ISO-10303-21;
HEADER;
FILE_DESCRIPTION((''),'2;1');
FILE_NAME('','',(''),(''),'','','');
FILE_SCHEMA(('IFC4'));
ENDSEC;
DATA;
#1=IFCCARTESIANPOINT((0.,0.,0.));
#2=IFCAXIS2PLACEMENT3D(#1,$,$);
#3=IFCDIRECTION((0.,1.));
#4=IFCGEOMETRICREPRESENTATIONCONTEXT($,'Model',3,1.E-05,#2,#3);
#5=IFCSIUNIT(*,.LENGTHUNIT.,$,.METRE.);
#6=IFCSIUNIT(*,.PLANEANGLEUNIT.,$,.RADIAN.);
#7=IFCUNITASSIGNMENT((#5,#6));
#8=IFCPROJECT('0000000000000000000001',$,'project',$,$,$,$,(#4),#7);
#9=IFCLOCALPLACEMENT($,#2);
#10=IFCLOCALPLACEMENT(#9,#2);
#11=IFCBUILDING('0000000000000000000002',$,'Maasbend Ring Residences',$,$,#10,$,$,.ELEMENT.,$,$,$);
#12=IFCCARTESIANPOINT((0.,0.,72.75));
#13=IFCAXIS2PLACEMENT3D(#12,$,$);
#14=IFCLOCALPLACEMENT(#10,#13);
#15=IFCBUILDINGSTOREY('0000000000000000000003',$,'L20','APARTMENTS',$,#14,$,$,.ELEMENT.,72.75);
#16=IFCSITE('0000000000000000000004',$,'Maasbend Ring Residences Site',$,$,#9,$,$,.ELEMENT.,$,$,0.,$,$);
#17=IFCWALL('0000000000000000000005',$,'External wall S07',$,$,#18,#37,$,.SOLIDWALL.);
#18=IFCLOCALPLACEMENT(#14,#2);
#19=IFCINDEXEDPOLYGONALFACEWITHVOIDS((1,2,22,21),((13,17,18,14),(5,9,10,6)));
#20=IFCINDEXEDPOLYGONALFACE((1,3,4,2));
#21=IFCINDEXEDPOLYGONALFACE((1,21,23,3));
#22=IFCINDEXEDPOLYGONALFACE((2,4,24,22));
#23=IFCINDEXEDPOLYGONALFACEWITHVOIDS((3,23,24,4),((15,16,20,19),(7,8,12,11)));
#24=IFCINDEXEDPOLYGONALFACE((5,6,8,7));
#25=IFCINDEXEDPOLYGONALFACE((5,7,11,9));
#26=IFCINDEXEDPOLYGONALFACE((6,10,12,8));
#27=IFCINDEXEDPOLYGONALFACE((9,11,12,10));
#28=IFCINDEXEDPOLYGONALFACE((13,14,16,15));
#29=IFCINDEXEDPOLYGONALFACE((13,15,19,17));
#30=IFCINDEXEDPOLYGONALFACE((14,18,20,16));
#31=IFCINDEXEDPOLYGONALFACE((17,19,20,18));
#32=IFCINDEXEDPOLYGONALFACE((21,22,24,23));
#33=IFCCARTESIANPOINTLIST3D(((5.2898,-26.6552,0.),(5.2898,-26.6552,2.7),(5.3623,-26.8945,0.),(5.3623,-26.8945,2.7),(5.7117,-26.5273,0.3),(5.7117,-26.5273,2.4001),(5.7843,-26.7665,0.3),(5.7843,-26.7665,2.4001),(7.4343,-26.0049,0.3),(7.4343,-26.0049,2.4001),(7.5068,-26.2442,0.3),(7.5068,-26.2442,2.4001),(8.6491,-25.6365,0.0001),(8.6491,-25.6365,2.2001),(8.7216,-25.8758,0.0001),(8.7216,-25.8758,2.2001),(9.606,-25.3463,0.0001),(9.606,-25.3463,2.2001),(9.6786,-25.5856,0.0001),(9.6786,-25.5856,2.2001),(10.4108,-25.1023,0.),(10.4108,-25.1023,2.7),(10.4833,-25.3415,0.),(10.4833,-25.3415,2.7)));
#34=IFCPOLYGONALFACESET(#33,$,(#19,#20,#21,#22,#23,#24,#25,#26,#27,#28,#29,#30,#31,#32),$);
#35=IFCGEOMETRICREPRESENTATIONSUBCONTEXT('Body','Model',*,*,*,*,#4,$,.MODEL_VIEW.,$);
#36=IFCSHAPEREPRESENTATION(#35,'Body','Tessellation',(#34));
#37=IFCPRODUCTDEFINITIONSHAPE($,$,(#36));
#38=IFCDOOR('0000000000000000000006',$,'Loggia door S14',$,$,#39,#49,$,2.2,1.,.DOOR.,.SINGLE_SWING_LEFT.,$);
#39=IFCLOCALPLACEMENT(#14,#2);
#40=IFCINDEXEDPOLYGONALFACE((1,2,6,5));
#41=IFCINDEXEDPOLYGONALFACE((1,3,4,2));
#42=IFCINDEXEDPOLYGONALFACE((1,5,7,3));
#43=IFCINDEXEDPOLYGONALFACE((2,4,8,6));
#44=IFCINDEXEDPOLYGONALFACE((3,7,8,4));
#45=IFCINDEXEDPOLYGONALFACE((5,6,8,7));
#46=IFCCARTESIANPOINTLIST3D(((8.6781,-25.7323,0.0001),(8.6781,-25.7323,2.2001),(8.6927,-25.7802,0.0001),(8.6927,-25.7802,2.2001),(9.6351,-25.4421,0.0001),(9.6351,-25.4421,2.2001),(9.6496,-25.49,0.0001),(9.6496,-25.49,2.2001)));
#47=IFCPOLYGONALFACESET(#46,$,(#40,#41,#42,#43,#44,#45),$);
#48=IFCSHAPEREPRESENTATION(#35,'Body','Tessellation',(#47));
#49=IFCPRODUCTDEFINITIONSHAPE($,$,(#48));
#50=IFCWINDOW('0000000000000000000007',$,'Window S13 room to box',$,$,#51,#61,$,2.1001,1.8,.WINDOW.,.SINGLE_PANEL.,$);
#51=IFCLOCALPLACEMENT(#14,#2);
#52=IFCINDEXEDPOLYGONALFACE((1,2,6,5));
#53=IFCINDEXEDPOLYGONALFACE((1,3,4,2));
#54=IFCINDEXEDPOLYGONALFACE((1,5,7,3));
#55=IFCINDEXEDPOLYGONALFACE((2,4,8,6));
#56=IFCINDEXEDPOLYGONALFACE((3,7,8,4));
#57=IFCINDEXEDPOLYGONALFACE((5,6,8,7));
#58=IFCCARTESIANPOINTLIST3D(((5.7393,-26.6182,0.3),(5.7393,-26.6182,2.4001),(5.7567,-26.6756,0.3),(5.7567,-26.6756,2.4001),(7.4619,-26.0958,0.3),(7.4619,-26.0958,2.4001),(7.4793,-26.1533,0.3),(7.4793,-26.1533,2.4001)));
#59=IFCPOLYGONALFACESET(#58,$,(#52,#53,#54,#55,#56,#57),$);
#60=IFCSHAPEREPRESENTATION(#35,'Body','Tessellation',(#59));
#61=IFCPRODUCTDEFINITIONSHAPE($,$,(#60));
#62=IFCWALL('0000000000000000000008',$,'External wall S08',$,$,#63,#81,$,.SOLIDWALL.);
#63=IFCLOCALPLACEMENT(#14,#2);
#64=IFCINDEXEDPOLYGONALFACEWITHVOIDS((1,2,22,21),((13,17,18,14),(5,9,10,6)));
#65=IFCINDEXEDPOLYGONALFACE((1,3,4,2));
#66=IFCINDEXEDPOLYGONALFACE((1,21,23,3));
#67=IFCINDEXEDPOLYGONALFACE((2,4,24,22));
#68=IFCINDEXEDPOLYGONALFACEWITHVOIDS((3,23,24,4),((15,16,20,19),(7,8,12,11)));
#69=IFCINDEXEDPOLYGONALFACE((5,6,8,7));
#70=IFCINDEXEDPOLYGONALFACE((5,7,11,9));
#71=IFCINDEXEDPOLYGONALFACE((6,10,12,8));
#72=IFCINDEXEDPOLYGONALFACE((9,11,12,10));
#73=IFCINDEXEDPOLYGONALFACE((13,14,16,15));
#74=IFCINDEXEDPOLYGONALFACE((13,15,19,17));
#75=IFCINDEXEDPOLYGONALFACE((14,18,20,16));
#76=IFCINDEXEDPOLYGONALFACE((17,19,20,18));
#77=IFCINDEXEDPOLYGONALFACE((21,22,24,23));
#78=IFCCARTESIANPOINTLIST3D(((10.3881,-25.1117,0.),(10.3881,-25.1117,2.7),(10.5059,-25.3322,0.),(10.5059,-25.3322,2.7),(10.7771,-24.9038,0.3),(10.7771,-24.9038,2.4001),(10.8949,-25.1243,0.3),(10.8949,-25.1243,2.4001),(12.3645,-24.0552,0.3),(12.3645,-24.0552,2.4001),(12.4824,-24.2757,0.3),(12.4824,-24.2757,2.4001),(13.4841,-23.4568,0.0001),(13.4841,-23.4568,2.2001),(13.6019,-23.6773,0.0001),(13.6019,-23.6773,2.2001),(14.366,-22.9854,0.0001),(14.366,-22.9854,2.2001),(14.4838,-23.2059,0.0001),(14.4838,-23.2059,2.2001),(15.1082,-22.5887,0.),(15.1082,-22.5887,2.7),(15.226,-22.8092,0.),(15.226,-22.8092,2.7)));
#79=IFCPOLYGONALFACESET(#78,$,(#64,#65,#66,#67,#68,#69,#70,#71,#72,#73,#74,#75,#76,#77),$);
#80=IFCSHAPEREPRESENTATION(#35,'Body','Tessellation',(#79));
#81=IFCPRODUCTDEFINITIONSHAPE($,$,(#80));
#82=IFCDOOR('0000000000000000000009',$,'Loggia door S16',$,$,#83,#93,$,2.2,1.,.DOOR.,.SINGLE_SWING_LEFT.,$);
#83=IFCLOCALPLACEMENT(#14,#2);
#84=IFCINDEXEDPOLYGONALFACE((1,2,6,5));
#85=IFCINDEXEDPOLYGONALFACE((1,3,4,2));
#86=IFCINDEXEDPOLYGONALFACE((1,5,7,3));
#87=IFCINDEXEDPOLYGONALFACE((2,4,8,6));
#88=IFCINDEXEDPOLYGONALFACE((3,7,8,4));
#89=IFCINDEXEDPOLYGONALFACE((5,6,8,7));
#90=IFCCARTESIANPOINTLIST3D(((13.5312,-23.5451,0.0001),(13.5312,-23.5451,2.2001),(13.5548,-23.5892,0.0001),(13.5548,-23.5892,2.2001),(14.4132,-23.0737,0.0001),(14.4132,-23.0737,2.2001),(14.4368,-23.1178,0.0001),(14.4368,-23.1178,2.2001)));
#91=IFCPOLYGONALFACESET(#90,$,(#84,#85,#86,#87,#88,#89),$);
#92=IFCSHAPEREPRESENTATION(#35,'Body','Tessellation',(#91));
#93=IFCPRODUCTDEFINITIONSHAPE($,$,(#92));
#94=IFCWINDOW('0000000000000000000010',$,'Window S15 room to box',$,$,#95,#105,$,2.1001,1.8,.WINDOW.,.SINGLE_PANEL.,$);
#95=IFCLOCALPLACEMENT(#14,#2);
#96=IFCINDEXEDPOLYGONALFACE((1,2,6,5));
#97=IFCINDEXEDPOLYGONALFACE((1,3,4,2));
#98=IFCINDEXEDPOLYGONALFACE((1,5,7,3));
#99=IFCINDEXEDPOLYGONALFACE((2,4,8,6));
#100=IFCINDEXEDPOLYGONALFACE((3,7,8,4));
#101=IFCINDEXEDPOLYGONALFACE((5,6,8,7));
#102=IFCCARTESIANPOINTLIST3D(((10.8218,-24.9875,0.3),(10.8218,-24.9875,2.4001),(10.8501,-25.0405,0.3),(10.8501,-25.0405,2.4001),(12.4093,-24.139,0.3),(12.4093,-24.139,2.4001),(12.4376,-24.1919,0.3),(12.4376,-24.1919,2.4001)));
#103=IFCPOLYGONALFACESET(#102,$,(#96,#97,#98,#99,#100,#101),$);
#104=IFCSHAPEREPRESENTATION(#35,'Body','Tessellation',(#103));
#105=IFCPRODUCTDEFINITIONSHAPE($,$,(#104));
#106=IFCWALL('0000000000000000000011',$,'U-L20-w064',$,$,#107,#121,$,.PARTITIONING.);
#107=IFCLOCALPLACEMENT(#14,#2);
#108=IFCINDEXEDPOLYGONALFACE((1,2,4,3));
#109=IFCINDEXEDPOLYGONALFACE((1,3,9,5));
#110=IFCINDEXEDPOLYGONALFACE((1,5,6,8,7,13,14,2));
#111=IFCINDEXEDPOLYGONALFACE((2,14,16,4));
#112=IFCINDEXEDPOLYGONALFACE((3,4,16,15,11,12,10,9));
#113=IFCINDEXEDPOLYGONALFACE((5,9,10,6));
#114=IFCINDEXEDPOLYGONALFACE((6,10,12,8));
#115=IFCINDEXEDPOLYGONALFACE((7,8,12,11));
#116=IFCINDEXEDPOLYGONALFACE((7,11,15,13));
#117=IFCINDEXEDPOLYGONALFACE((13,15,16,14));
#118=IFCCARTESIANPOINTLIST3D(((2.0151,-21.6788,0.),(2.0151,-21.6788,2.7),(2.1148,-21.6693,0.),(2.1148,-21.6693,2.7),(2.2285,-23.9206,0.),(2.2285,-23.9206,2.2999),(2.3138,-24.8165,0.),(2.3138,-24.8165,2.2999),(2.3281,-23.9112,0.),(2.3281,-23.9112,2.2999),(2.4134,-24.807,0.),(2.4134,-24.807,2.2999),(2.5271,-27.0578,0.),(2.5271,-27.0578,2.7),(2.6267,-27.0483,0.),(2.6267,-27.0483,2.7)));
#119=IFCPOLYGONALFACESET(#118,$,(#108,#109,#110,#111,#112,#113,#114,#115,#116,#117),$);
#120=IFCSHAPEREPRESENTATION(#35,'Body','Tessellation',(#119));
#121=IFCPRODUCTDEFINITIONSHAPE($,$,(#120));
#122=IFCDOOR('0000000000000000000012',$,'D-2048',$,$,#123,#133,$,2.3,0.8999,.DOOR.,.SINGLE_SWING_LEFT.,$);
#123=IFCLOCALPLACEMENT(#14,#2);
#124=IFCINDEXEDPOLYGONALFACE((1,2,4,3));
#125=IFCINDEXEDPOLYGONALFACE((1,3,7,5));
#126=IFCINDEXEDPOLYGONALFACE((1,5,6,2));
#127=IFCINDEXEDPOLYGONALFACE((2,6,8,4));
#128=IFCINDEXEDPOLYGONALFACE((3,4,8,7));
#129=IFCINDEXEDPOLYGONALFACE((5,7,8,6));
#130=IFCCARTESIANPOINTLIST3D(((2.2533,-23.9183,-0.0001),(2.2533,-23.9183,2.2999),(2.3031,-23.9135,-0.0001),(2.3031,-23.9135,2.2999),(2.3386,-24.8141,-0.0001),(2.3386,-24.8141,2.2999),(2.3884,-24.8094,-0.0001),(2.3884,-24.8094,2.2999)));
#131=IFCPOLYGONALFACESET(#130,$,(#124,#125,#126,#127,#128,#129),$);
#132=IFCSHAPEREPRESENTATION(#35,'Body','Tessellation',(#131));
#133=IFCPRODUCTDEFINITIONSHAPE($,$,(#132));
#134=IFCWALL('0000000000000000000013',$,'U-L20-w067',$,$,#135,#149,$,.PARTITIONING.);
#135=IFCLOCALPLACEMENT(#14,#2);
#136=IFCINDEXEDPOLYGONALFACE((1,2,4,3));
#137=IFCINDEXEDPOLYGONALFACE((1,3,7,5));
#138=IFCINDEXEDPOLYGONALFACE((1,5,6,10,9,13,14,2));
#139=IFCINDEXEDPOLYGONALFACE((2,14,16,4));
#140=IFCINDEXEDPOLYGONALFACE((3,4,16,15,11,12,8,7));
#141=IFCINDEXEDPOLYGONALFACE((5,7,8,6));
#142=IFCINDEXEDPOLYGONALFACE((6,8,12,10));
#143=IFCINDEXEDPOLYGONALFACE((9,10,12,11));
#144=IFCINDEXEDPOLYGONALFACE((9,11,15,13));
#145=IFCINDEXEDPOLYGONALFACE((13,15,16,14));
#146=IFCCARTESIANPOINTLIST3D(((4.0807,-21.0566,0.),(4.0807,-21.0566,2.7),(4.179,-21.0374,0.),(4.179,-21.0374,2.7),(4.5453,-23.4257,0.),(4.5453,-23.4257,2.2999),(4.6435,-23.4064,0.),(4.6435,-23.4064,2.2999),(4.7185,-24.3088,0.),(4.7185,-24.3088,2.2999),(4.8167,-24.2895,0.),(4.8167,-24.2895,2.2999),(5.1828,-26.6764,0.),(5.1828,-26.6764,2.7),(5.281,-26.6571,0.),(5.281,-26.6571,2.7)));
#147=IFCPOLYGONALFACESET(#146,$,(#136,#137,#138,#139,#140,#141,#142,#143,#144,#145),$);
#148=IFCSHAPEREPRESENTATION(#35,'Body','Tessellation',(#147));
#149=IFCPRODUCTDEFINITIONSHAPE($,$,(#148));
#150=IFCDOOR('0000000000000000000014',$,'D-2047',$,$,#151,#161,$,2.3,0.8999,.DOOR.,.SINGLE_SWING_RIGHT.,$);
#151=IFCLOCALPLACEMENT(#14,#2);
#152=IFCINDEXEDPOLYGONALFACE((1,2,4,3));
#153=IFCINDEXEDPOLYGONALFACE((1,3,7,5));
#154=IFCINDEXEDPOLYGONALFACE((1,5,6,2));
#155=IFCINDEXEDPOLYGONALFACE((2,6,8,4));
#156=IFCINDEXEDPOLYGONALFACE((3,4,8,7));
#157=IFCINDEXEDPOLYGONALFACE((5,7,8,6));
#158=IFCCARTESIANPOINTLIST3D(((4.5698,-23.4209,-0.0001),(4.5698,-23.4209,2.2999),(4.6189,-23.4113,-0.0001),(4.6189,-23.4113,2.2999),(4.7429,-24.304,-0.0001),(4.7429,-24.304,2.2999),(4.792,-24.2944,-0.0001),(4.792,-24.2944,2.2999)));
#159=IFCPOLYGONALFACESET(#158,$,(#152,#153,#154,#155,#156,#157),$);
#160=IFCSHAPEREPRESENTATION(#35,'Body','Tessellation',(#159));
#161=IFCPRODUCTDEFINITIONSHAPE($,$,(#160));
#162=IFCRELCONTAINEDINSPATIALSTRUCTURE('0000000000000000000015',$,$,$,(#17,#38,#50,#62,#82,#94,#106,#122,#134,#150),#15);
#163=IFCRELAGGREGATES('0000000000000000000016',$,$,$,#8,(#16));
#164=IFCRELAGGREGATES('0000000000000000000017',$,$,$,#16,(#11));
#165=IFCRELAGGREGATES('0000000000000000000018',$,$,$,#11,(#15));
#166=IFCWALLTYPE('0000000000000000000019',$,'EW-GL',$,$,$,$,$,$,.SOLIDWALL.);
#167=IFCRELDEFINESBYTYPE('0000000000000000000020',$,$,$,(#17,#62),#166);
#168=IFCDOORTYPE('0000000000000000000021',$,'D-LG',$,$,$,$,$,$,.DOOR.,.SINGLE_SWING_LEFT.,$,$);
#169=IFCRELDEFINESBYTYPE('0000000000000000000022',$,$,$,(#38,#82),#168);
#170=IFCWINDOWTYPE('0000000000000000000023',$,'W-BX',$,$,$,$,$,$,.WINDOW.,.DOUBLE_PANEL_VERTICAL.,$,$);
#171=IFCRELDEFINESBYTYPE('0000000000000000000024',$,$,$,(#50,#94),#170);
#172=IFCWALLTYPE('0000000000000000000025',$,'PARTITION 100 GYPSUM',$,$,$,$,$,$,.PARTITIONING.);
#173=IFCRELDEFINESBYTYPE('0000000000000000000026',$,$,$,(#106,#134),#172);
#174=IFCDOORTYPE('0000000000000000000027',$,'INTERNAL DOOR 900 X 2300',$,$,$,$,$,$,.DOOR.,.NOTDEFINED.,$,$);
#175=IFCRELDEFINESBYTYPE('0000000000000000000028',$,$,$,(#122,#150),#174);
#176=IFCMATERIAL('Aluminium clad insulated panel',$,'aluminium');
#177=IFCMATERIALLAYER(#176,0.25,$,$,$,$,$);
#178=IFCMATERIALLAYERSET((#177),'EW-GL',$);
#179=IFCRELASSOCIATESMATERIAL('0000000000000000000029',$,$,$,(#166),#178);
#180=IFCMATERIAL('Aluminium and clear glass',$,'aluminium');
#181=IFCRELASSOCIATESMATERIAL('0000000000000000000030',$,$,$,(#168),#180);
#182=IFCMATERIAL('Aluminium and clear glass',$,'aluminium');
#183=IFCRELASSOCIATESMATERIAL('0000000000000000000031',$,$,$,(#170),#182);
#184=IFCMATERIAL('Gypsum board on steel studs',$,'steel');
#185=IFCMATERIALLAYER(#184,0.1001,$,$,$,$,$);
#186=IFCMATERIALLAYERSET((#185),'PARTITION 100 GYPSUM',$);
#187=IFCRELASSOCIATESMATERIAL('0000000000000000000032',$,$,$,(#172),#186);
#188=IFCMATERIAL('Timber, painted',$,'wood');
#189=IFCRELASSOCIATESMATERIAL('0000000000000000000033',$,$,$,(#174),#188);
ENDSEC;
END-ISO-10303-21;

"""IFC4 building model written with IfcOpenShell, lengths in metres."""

from ifc_helpers import new_model, si_unit, direction, frame, frame_2d, origin, place, context, subcontext, project, spatial, rectangle, extrude, material, layer, layer_set, type_object, element, fill, save


model = new_model("IFC4")

# Units and contexts
model_context = context("Model", 3, precision=1e-05, world=origin(), true_north=direction((0.0, 1.0)))
body_context = subcontext(model_context, "Body", "Model", "MODEL_VIEW")
ifc_project = project(units=[si_unit("LENGTHUNIT", "METRE"), si_unit("PLANEANGLEUNIT", "RADIAN")], contexts=[model_context])

# Site, building, storey
site_placement = place(None, origin())
site = spatial("IfcSite", under=ifc_project, at=site_placement, Name="Maasbend Ring Residences Site", CompositionType="ELEMENT", RefElevation=0.0)
building_placement = place(site_placement, origin())
building = spatial("IfcBuilding", under=site, at=building_placement, Name="Maasbend Ring Residences", CompositionType="ELEMENT")
storey_placement = place(building_placement, frame((0.0, 0.0, 72.75)))
storey = spatial("IfcBuildingStorey", under=building, at=storey_placement, Name="L20", Description="APARTMENTS", CompositionType="ELEMENT", Elevation=72.75)

# Walls, openings, doors, windows
ifc_material_1 = material(Name="Aluminium clad insulated panel", Category="aluminium")
ifc_layer_1 = layer(ifc_material_1, 0.25)
ifc_layer_set_1 = layer_set([ifc_layer_1], Name="EW-GL")
wall_type_1 = type_object("IfcWallType", Name="EW-GL", PredefinedType="SOLIDWALL", material=ifc_layer_set_1)
wall_1_placement = place(storey_placement, frame((5.3259, -26.7749, 0.0), z_axis=(0.0, 0.0, 1.0), x_axis=(0.956966, 0.290201, 0.0)))
wall_1 = element("IfcWall", 1, at=wall_1_placement, inside=storey, type_object=wall_type_1, Name="External wall S07", PredefinedType="SOLIDWALL", context=body_context, shape_type="SweptSolid", body=[
    extrude(rectangle(XDim=5.3513, YDim=0.25, at=frame_2d((2.6758, 0.0))), origin(), (0.0, 0.0, 1.0), 2.7),
])
opening_1_placement = place(wall_1_placement, frame((0.4412, 0.0, 0.3)))
opening_1 = element("IfcOpeningElement", 2, at=opening_1_placement, cuts=wall_1, PredefinedType="OPENING", context=body_context, shape_type="SweptSolid", body=[
    extrude(rectangle(XDim=1.8, YDim=2.1001, at=frame_2d((0.8999, 1.05))), frame((0.0, 0.135, 0.0), z_axis=(0.0, -1.0, 0.0), x_axis=(1.0, 0.0, 0.0)), (0.0, 0.0, 1.0), 0.27),
])
opening_2_placement = place(wall_1_placement, frame((3.5105, 0.0, 0.0)))
opening_2 = element("IfcOpeningElement", 3, at=opening_2_placement, cuts=wall_1, PredefinedType="OPENING", context=body_context, shape_type="SweptSolid", body=[
    extrude(rectangle(XDim=1.0, YDim=2.2, at=frame_2d((0.5, 1.1001))), frame((0.0, 0.135, 0.0), z_axis=(0.0, -1.0, 0.0), x_axis=(1.0, 0.0, 0.0)), (0.0, 0.0, 1.0), 0.27),
])
ifc_material_2 = material(Name="Aluminium and clear glass", Category="aluminium")
door_type_1 = type_object("IfcDoorType", Name="D-LG", OperationType="SINGLE_SWING_LEFT", PredefinedType="DOOR", material=ifc_material_2)
door_1_placement = place(opening_2_placement, origin())
door_1 = element("IfcDoor", 4, at=door_1_placement, inside=storey, type_object=door_type_1, Name="Loggia door S14", OperationType="SINGLE_SWING_LEFT", OverallHeight=2.2, OverallWidth=1.0, PredefinedType="DOOR", context=body_context, shape_type="SweptSolid", body=[
    extrude(rectangle(XDim=1.0, YDim=2.2, at=frame_2d((0.5, 1.1001))), frame((0.0, 0.0249, 0.0), z_axis=(0.0, -1.0, 0.0), x_axis=(1.0, 0.0, 0.0)), (0.0, 0.0, 1.0), 0.05),
])
fill(opening_2, door_1)
ifc_material_3 = material(Name="Aluminium and clear glass", Category="aluminium")
window_type_1 = type_object("IfcWindowType", Name="W-BX", PartitioningType="DOUBLE_PANEL_VERTICAL", PredefinedType="WINDOW", material=ifc_material_3)
window_1_placement = place(opening_1_placement, origin())
window_1 = element("IfcWindow", 5, at=window_1_placement, inside=storey, type_object=window_type_1, Name="Window S13 room to box", OverallHeight=2.1001, OverallWidth=1.8, PartitioningType="SINGLE_PANEL", PredefinedType="WINDOW", context=body_context, shape_type="SweptSolid", body=[
    extrude(rectangle(XDim=1.8, YDim=2.1001, at=frame_2d((0.8999, 1.05))), frame((0.0, 0.03, 0.0), z_axis=(0.0, -1.0, 0.0), x_axis=(1.0, 0.0, 0.0)), (0.0, 0.0, 1.0), 0.0601),
])
fill(opening_1, window_1)
wall_2_placement = place(storey_placement, frame((10.447, -25.2219, 0.0), z_axis=(0.0, 0.0, 1.0), x_axis=(0.881916, 0.471407, 0.0)))
wall_2 = element("IfcWall", 6, at=wall_2_placement, inside=storey, type_object=wall_type_1, Name="External wall S08", PredefinedType="SOLIDWALL", context=body_context, shape_type="SweptSolid", body=[
    extrude(rectangle(XDim=5.3521, YDim=0.25, at=frame_2d((2.676, 0.0))), origin(), (0.0, 0.0, 1.0), 2.7),
])
opening_3_placement = place(wall_2_placement, frame((0.4412, 0.0, 0.3)))
opening_3 = element("IfcOpeningElement", 7, at=opening_3_placement, cuts=wall_2, PredefinedType="OPENING", context=body_context, shape_type="SweptSolid", body=[
    extrude(rectangle(XDim=1.8, YDim=2.1001, at=frame_2d((0.8999, 1.05))), frame((0.0, 0.135, 0.0), z_axis=(0.0, -1.0, 0.0), x_axis=(1.0, 0.0, 0.0)), (0.0, 0.0, 1.0), 0.27),
])
opening_4_placement = place(wall_2_placement, frame((3.5105, 0.0, 0.0)))
opening_4 = element("IfcOpeningElement", 8, at=opening_4_placement, cuts=wall_2, PredefinedType="OPENING", context=body_context, shape_type="SweptSolid", body=[
    extrude(rectangle(XDim=1.0, YDim=2.2, at=frame_2d((0.5, 1.1001))), frame((0.0, 0.135, 0.0), z_axis=(0.0, -1.0, 0.0), x_axis=(1.0, 0.0, 0.0)), (0.0, 0.0, 1.0), 0.27),
])
door_2_placement = place(opening_4_placement, origin())
door_2 = element("IfcDoor", 9, at=door_2_placement, inside=storey, type_object=door_type_1, Name="Loggia door S16", OperationType="SINGLE_SWING_LEFT", OverallHeight=2.2, OverallWidth=1.0, PredefinedType="DOOR", context=body_context, shape_type="SweptSolid", body=[
    extrude(rectangle(XDim=1.0, YDim=2.2, at=frame_2d((0.5, 1.1001))), frame((0.0, 0.0249, 0.0), z_axis=(0.0, -1.0, 0.0), x_axis=(1.0, 0.0, 0.0)), (0.0, 0.0, 1.0), 0.05),
])
fill(opening_4, door_2)
window_2_placement = place(opening_3_placement, origin())
window_2 = element("IfcWindow", 10, at=window_2_placement, inside=storey, type_object=window_type_1, Name="Window S15 room to box", OverallHeight=2.1001, OverallWidth=1.8, PartitioningType="SINGLE_PANEL", PredefinedType="WINDOW", context=body_context, shape_type="SweptSolid", body=[
    extrude(rectangle(XDim=1.8, YDim=2.1001, at=frame_2d((0.8999, 1.05))), frame((0.0, 0.03, 0.0), z_axis=(0.0, -1.0, 0.0), x_axis=(1.0, 0.0, 0.0)), (0.0, 0.0, 1.0), 0.0601),
])
fill(opening_3, window_2)

# Walls, openings, doors
ifc_material_4 = material(Name="Gypsum board on steel studs", Category="steel")
ifc_layer_2 = layer(ifc_material_4, 0.1001)
ifc_layer_set_2 = layer_set([ifc_layer_2], Name="PARTITION 100 GYPSUM")
wall_type_2 = type_object("IfcWallType", Name="PARTITION 100 GYPSUM", PredefinedType="PARTITIONING", material=ifc_layer_set_2)
wall_3_placement = place(storey_placement, frame((2.0649, -21.6741, 0.0), z_axis=(0.0, 0.0, 1.0), x_axis=(0.094752, -0.995501, 0.0)))
wall_3 = element("IfcWall", 11, at=wall_3_placement, inside=storey, type_object=wall_type_2, Name="U-L20-w064", PredefinedType="PARTITIONING", context=body_context, shape_type="SweptSolid", body=[
    extrude(rectangle(XDim=5.4033, YDim=0.1001, at=frame_2d((2.7017, 0.0))), origin(), (0.0, 0.0, 1.0), 2.7),
])
opening_5_placement = place(wall_3_placement, frame((2.252, 0.0, 0.0)))
opening_5 = element("IfcOpeningElement", 12, at=opening_5_placement, cuts=wall_3, PredefinedType="OPENING", context=body_context, shape_type="SweptSolid", body=[
    extrude(rectangle(XDim=0.8999, YDim=2.3, at=frame_2d((0.45, 1.1499))), frame((0.0, 0.0601, 0.0), z_axis=(0.0, -1.0, 0.0), x_axis=(1.0, 0.0, 0.0)), (0.0, 0.0, 1.0), 0.1201),
])
ifc_material_5 = material(Name="Timber, painted", Category="wood")
door_type_2 = type_object("IfcDoorType", Name="INTERNAL DOOR 900 X 2300", OperationType="NOTDEFINED", PredefinedType="DOOR", material=ifc_material_5)
door_3_placement = place(opening_5_placement, origin())
door_3 = element("IfcDoor", 13, at=door_3_placement, inside=storey, type_object=door_type_2, Name="D-2048", OperationType="SINGLE_SWING_LEFT", OverallHeight=2.3, OverallWidth=0.8999, PredefinedType="DOOR", context=body_context, shape_type="SweptSolid", body=[
    extrude(rectangle(XDim=0.8999, YDim=2.3, at=frame_2d((0.45, 1.1499))), frame((0.0, 0.0249, 0.0), z_axis=(0.0, -1.0, 0.0), x_axis=(1.0, 0.0, 0.0)), (0.0, 0.0, 1.0), 0.05),
])
fill(opening_5, door_3)
wall_4_placement = place(storey_placement, frame((4.1299, -21.0471, 0.0), z_axis=(0.0, 0.0, 1.0), x_axis=(0.192434, -0.98131, 0.0)))
wall_4 = element("IfcWall", 14, at=wall_4_placement, inside=storey, type_object=wall_type_2, Name="U-L20-w067", PredefinedType="PARTITIONING", context=body_context, shape_type="SweptSolid", body=[
    extrude(rectangle(XDim=5.7268, YDim=0.1001, at=frame_2d((2.8633, 0.0))), origin(), (0.0, 0.0, 1.0), 2.7),
])
opening_6_placement = place(wall_4_placement, frame((2.4141, 0.0, 0.0)))
opening_6 = element("IfcOpeningElement", 15, at=opening_6_placement, cuts=wall_4, PredefinedType="OPENING", context=body_context, shape_type="SweptSolid", body=[
    extrude(rectangle(XDim=0.8999, YDim=2.3, at=frame_2d((0.45, 1.1499))), frame((0.0, 0.0601, 0.0), z_axis=(0.0, -1.0, 0.0), x_axis=(1.0, 0.0, 0.0)), (0.0, 0.0, 1.0), 0.1201),
])
door_4_placement = place(opening_6_placement, origin())
door_4 = element("IfcDoor", 16, at=door_4_placement, inside=storey, type_object=door_type_2, Name="D-2047", OperationType="SINGLE_SWING_RIGHT", OverallHeight=2.3, OverallWidth=0.8999, PredefinedType="DOOR", context=body_context, shape_type="SweptSolid", body=[
    extrude(rectangle(XDim=0.8999, YDim=2.3, at=frame_2d((0.45, 1.1499))), frame((0.0, 0.0249, 0.0), z_axis=(0.0, -1.0, 0.0), x_axis=(1.0, 0.0, 0.0)), (0.0, 0.0, 1.0), 0.05),
])
fill(opening_6, door_4)

save(model, "model.ifc")
